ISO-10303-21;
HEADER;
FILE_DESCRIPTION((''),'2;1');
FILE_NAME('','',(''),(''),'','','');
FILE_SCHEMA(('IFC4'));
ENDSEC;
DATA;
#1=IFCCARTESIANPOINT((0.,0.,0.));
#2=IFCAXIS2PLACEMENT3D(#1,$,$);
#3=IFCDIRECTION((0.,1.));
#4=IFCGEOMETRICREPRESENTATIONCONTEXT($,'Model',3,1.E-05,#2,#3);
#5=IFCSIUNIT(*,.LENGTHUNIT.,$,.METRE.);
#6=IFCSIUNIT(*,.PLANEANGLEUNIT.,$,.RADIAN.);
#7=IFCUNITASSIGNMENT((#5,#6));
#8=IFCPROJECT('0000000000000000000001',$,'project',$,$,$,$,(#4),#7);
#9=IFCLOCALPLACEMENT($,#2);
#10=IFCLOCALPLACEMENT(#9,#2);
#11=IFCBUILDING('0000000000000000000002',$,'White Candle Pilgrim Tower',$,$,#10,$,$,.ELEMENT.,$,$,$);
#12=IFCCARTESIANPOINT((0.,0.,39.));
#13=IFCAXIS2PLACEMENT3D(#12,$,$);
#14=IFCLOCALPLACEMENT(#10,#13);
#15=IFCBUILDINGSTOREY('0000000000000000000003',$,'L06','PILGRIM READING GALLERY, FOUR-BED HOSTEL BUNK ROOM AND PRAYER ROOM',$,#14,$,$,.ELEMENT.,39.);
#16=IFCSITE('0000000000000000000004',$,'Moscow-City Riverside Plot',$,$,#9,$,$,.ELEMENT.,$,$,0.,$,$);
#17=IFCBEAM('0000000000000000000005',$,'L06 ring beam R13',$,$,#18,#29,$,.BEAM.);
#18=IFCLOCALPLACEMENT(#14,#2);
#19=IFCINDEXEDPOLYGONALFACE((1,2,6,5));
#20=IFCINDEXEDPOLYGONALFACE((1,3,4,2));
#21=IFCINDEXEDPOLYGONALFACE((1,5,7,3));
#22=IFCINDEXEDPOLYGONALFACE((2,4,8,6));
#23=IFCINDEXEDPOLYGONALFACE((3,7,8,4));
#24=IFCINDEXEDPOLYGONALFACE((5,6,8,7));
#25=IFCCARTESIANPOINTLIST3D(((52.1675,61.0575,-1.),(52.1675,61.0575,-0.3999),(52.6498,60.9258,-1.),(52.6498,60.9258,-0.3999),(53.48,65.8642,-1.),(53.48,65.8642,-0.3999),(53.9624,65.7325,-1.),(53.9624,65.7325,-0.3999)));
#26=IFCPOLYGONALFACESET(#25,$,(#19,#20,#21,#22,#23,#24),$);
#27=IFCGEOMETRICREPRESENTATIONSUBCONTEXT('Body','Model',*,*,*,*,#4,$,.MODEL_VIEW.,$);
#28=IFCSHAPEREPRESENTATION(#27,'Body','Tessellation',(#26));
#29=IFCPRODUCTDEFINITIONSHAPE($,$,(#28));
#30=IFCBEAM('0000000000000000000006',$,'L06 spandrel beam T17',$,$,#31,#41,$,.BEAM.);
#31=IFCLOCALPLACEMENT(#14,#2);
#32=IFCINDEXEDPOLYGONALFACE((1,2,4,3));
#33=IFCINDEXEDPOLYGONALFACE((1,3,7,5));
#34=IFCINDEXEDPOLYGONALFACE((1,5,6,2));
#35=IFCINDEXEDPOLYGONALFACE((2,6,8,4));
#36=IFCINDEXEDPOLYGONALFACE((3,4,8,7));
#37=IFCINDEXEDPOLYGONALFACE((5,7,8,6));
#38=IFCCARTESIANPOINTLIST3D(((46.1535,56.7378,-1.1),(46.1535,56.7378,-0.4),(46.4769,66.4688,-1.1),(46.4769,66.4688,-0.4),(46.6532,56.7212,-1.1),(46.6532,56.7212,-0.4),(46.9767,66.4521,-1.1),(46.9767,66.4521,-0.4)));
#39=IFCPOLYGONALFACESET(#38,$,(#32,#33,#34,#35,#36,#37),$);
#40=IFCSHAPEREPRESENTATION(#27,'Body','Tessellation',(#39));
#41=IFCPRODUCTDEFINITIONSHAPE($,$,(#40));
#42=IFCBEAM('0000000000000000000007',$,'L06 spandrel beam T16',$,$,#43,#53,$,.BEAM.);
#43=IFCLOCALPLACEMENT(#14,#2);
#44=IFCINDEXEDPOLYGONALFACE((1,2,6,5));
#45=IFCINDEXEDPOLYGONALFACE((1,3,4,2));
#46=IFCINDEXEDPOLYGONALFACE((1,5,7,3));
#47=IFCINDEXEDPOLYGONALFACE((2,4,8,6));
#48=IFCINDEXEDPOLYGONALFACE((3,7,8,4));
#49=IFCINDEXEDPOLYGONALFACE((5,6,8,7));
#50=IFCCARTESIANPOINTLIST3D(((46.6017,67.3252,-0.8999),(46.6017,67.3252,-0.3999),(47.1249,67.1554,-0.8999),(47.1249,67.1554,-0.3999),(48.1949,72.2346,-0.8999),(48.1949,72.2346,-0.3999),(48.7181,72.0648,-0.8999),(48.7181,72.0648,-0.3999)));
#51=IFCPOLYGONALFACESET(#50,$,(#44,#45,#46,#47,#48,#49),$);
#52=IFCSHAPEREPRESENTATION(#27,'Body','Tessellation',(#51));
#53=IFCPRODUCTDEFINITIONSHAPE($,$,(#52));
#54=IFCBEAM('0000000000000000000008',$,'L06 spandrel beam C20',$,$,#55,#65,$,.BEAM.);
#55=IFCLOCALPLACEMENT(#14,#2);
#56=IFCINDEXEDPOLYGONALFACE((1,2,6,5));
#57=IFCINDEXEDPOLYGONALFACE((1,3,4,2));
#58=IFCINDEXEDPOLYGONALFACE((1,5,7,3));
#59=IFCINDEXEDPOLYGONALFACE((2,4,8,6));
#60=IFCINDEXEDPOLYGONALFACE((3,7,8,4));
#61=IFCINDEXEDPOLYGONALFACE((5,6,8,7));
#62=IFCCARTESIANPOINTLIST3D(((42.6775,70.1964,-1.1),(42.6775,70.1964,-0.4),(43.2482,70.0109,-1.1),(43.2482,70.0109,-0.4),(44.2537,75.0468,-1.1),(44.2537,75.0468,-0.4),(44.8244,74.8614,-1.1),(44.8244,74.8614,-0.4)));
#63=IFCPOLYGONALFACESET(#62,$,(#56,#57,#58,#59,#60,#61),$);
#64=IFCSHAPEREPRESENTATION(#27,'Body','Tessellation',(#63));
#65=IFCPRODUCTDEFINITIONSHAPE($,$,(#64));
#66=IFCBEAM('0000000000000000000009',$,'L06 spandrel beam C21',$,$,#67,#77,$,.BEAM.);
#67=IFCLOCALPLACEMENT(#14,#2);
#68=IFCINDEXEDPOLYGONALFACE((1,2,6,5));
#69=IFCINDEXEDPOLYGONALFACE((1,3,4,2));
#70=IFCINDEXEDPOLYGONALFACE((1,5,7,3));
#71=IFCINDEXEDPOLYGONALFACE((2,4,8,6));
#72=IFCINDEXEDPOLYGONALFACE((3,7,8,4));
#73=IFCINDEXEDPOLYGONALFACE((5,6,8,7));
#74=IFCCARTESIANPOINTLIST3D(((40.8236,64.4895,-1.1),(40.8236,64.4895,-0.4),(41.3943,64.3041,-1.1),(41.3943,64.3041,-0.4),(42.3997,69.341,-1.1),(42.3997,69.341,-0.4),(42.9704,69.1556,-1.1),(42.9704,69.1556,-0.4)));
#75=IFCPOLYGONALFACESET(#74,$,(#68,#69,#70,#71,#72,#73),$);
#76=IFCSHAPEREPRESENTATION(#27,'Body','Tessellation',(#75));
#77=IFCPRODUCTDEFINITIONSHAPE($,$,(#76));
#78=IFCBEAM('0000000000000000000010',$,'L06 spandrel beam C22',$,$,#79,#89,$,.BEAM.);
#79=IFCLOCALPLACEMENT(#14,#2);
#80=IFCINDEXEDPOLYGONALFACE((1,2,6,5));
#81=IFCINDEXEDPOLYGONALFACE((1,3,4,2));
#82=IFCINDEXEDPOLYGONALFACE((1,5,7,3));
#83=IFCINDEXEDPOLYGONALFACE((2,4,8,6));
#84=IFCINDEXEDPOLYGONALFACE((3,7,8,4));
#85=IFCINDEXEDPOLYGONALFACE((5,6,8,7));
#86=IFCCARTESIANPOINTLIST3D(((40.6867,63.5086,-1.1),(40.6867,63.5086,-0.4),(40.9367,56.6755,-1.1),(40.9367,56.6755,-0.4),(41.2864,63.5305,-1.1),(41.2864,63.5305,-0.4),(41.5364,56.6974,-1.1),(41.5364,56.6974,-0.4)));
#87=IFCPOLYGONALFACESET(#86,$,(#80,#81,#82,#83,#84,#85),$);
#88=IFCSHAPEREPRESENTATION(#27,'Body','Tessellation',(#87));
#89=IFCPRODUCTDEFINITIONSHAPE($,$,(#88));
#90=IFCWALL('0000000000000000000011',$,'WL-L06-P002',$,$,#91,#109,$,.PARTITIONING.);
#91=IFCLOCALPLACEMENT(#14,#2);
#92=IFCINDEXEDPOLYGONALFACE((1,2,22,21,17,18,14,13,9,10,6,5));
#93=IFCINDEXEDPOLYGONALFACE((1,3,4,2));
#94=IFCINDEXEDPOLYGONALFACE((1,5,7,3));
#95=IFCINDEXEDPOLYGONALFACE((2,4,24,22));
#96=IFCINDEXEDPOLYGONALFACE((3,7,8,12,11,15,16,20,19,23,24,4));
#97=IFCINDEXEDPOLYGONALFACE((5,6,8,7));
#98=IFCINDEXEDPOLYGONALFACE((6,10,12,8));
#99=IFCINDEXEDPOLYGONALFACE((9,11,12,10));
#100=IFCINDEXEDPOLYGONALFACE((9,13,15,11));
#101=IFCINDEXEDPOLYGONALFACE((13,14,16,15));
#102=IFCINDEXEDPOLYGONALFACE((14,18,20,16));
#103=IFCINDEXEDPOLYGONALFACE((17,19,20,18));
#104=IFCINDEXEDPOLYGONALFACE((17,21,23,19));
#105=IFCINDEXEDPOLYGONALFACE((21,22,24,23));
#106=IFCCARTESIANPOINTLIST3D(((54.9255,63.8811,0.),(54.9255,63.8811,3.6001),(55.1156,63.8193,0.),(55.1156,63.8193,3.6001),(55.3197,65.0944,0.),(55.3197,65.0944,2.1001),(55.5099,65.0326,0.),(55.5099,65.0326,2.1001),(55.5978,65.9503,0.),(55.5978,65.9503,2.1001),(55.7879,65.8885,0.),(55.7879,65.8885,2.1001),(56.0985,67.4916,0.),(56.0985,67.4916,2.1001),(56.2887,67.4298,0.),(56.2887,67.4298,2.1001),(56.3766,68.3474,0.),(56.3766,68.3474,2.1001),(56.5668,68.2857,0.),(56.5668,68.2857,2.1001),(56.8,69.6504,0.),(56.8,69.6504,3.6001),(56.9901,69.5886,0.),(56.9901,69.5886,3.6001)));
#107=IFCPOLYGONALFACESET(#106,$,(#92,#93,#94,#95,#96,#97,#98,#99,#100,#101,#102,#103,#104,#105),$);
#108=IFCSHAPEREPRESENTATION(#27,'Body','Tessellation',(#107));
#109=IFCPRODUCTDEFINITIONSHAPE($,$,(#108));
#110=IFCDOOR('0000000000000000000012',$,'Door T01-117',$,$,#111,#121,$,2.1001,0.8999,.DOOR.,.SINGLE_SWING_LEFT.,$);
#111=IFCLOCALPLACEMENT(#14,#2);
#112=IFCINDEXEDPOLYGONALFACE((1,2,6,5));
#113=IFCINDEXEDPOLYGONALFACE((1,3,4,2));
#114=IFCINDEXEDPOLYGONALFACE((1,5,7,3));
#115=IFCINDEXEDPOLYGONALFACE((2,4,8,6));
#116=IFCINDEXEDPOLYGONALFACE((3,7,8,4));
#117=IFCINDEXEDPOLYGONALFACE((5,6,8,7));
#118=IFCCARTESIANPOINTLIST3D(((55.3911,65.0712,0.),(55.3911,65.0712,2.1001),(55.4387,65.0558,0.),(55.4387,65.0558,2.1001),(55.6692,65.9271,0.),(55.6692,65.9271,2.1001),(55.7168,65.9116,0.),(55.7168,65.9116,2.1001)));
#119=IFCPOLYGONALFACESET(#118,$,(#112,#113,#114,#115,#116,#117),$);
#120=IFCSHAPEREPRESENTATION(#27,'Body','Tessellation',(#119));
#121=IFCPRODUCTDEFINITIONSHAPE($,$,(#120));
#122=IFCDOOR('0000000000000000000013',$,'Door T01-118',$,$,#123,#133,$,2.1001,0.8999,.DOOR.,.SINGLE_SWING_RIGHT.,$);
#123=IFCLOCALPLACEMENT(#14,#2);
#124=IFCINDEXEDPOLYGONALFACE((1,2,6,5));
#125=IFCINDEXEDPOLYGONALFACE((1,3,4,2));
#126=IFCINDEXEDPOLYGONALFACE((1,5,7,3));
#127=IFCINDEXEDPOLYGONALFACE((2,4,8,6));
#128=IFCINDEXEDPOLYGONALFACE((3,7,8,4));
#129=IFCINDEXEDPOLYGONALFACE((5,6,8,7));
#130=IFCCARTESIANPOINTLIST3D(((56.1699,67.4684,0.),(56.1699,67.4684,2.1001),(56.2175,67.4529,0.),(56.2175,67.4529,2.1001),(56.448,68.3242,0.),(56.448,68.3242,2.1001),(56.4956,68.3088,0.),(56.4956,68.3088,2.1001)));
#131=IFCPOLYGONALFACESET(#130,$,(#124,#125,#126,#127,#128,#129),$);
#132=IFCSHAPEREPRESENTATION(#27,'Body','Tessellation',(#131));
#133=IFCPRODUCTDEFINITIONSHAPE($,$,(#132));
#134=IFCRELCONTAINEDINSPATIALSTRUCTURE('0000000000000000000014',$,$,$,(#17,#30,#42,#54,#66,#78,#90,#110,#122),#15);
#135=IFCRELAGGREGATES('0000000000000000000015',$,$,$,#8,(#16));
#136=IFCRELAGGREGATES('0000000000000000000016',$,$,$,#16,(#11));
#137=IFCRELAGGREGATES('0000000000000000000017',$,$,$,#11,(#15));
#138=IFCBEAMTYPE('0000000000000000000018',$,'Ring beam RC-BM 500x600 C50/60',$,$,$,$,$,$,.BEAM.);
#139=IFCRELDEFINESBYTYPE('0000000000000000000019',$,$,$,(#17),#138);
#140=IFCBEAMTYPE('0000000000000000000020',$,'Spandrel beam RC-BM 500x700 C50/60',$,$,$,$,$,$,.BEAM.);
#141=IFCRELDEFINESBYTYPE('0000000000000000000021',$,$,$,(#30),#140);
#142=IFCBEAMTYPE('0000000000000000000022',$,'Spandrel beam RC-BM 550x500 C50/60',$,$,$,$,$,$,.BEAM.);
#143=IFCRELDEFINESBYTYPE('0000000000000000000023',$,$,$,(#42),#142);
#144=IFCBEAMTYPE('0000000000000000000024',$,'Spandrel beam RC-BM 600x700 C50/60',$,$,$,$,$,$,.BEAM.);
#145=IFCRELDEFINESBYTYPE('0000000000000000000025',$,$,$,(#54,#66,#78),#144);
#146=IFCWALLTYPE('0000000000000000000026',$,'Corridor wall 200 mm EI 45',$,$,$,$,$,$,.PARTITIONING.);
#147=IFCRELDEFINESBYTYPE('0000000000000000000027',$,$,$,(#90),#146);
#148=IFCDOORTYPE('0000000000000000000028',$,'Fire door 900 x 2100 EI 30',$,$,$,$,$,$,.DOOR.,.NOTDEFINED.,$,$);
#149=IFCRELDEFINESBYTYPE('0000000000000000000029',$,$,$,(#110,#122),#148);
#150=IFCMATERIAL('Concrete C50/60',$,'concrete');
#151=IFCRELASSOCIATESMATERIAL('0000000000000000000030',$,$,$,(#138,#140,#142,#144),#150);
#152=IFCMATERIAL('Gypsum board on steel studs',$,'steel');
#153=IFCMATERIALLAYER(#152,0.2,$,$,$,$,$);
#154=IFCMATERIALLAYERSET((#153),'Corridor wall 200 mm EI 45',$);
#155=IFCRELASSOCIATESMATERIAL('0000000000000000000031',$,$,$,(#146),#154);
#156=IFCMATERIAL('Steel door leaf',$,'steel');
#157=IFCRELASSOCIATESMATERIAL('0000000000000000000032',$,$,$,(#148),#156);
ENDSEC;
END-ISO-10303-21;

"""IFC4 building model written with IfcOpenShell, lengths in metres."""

from ifc_helpers import new_model, si_unit, direction, frame, frame_2d, origin, origin_2d, place, context, subcontext, project, spatial, rectangle, extrude, material, layer, layer_set, material_profile, profile_set, type_object, element, fill, save


model = new_model("IFC4")

# Units and contexts
model_context = context("Model", 3, precision=1e-05, world=origin(), true_north=direction((0.0, 1.0)))
body_context = subcontext(model_context, "Body", "Model", "MODEL_VIEW")
ifc_project = project(units=[si_unit("LENGTHUNIT", "METRE"), si_unit("PLANEANGLEUNIT", "RADIAN")], contexts=[model_context])

# Site, building, storey
site_placement = place(None, origin())
site = spatial("IfcSite", under=ifc_project, at=site_placement, Name="Moscow-City Riverside Plot", CompositionType="ELEMENT", RefElevation=0.0)
building_placement = place(site_placement, origin())
building = spatial("IfcBuilding", under=site, at=building_placement, Name="White Candle Pilgrim Tower", CompositionType="ELEMENT")
storey_placement = place(building_placement, frame((0.0, 0.0, 39.0)))
storey = spatial("IfcBuildingStorey", under=building, at=storey_placement, Name="L06", Description="PILGRIM READING GALLERY, FOUR-BED HOSTEL BUNK ROOM AND PRAYER ROOM", CompositionType="ELEMENT", Elevation=39.0)

# Beams
ifc_material_1 = material(Name="Concrete C50/60", Category="concrete")
ifc_material_profile_1 = material_profile(ifc_material_1, rectangle(XDim=0.5, YDim=0.6001, at=origin_2d()), Name="RC-BM 500x600")
ifc_profile_set_1 = profile_set([ifc_material_profile_1], Name="Concrete C50/60")
beam_type_1 = type_object("IfcBeamType", Name="Ring beam RC-BM 500x600 C50/60", PredefinedType="BEAM", material=ifc_profile_set_1)
beam_1_placement = place(storey_placement, frame((53.7212, 65.7983, -0.7), z_axis=(-0.263416, -0.964682, 0.0), x_axis=(0.964682, -0.263416, 0.0)))
element("IfcBeam", 1, at=beam_1_placement, inside=storey, type_object=beam_type_1, Name="L06 ring beam R13", PredefinedType="BEAM", context=body_context, shape_type="SweptSolid", body=[
    extrude(rectangle(XDim=0.5, YDim=0.6001, at=origin_2d()), origin(), (0.0, 0.0, 1.0), 4.9827),
])
ifc_material_profile_2 = material_profile(ifc_material_1, rectangle(XDim=0.5, YDim=0.7, at=origin_2d()), Name="RC-BM 500x700")
ifc_profile_set_2 = profile_set([ifc_material_profile_2], Name="Concrete C50/60")
beam_type_2 = type_object("IfcBeamType", Name="Spandrel beam RC-BM 500x700 C50/60", PredefinedType="BEAM", material=ifc_profile_set_2)
beam_2_placement = place(storey_placement, frame((46.7268, 66.4604, -0.75), z_axis=(-0.033225, -0.999448, 0.0), x_axis=(0.999448, -0.033225, 0.0)))
element("IfcBeam", 2, at=beam_2_placement, inside=storey, type_object=beam_type_2, Name="L06 spandrel beam T17", PredefinedType="BEAM", context=body_context, shape_type="SweptSolid", body=[
    extrude(rectangle(XDim=0.5, YDim=0.7, at=origin_2d()), origin(), (0.0, 0.0, 1.0), 9.7363),
])
ifc_material_profile_3 = material_profile(ifc_material_1, rectangle(XDim=0.55, YDim=0.5, at=origin_2d()), Name="RC-BM 550x500")
ifc_profile_set_3 = profile_set([ifc_material_profile_3], Name="Concrete C50/60")
beam_type_3 = type_object("IfcBeamType", Name="Spandrel beam RC-BM 550x500 C50/60", PredefinedType="BEAM", material=ifc_profile_set_3)
beam_3_placement = place(storey_placement, frame((48.4565, 72.1497, -0.6499), z_axis=(-0.308683, -0.951165, 0.0), x_axis=(0.951165, -0.308683, 0.0)))
element("IfcBeam", 3, at=beam_3_placement, inside=storey, type_object=beam_type_3, Name="L06 spandrel beam T16", PredefinedType="BEAM", context=body_context, shape_type="SweptSolid", body=[
    extrude(rectangle(XDim=0.55, YDim=0.5, at=origin_2d()), origin(), (0.0, 0.0, 1.0), 5.1614),
])
ifc_material_profile_4 = material_profile(ifc_material_1, rectangle(XDim=0.6001, YDim=0.7, at=origin_2d()), Name="RC-BM 600x700")
ifc_profile_set_4 = profile_set([ifc_material_profile_4], Name="Concrete C50/60")
beam_type_4 = type_object("IfcBeamType", Name="Spandrel beam RC-BM 600x700 C50/60", PredefinedType="BEAM", material=ifc_profile_set_4)
beam_4_placement = place(storey_placement, frame((44.5391, 74.9541, -0.75), z_axis=(-0.309053, -0.951045, 0.0), x_axis=(0.951045, -0.309053, 0.0)))
element("IfcBeam", 4, at=beam_4_placement, inside=storey, type_object=beam_type_4, Name="L06 spandrel beam C20", PredefinedType="BEAM", context=body_context, shape_type="SweptSolid", body=[
    extrude(rectangle(XDim=0.6001, YDim=0.7, at=origin_2d()), origin(), (0.0, 0.0, 1.0), 5.1001),
])
beam_5_placement = place(storey_placement, frame((42.6851, 69.2483, -0.75), z_axis=(-0.308982, -0.951068, 0.0), x_axis=(0.951068, -0.308982, 0.0)))
element("IfcBeam", 5, at=beam_5_placement, inside=storey, type_object=beam_type_4, Name="L06 spandrel beam C21", PredefinedType="BEAM", context=body_context, shape_type="SweptSolid", body=[
    extrude(rectangle(XDim=0.6001, YDim=0.7, at=origin_2d()), origin(), (0.0, 0.0, 1.0), 5.1011),
])
beam_6_placement = place(storey_placement, frame((40.9866, 63.5195, -0.75), z_axis=(0.036563, -0.999331, 0.0), x_axis=(0.999331, 0.036563, 0.0)))
element("IfcBeam", 6, at=beam_6_placement, inside=storey, type_object=beam_type_4, Name="L06 spandrel beam C22", PredefinedType="BEAM", context=body_context, shape_type="SweptSolid", body=[
    extrude(rectangle(XDim=0.6001, YDim=0.7, at=origin_2d()), origin(), (0.0, 0.0, 1.0), 6.8376),
])

# Wall, openings, doors
ifc_material_2 = material(Name="Gypsum board on steel studs", Category="steel")
ifc_layer_1 = layer(ifc_material_2, 0.2)
ifc_layer_set_1 = layer_set([ifc_layer_1], Name="Corridor wall 200 mm EI 45")
wall_type_1 = type_object("IfcWallType", Name="Corridor wall 200 mm EI 45", PredefinedType="PARTITIONING", material=ifc_layer_set_1)
wall_1_placement = place(storey_placement, frame((55.0205, 63.8501, 0.0), z_axis=(0.0, 0.0, 1.0), x_axis=(0.309011, 0.951059, 0.0)))
wall_1 = element("IfcWall", 7, at=wall_1_placement, inside=storey, type_object=wall_type_1, Name="WL-L06-P002", PredefinedType="PARTITIONING", context=body_context, shape_type="SweptSolid", body=[
    extrude(rectangle(XDim=6.0662, YDim=0.2, at=frame_2d((3.0332, 0.0))), origin(), (0.0, 0.0, 1.0), 3.6001),
])
opening_1_placement = place(wall_1_placement, frame((1.2759, 0.0, 0.0)))
opening_1 = element("IfcOpeningElement", 8, at=opening_1_placement, cuts=wall_1, PredefinedType="OPENING", context=body_context, shape_type="SweptSolid", body=[
    extrude(rectangle(XDim=0.8999, YDim=2.1001, at=frame_2d((0.45, 1.05))), frame((0.0, 0.1099, 0.0), z_axis=(0.0, -1.0, 0.0), x_axis=(1.0, 0.0, 0.0)), (0.0, 0.0, 1.0), 0.22),
])
opening_2_placement = place(wall_1_placement, frame((3.7964, 0.0, 0.0)))
opening_2 = element("IfcOpeningElement", 9, at=opening_2_placement, cuts=wall_1, PredefinedType="OPENING", context=body_context, shape_type="SweptSolid", body=[
    extrude(rectangle(XDim=0.8999, YDim=2.1001, at=frame_2d((0.45, 1.05))), frame((0.0, 0.1099, 0.0), z_axis=(0.0, -1.0, 0.0), x_axis=(1.0, 0.0, 0.0)), (0.0, 0.0, 1.0), 0.22),
])
ifc_material_3 = material(Name="Steel door leaf", Category="steel")
door_type_1 = type_object("IfcDoorType", Name="Fire door 900 x 2100 EI 30", OperationType="NOTDEFINED", PredefinedType="DOOR", material=ifc_material_3)
door_1_placement = place(opening_1_placement, origin())
door_1 = element("IfcDoor", 10, at=door_1_placement, inside=storey, type_object=door_type_1, Name="Door T01-117", OperationType="SINGLE_SWING_LEFT", OverallHeight=2.1001, OverallWidth=0.8999, PredefinedType="DOOR", context=body_context, shape_type="SweptSolid", body=[
    extrude(rectangle(XDim=0.8999, YDim=2.1001, at=frame_2d((0.45, 1.05))), frame((0.0, 0.0249, 0.0), z_axis=(0.0, -1.0, 0.0), x_axis=(1.0, 0.0, 0.0)), (0.0, 0.0, 1.0), 0.05),
])
fill(opening_1, door_1)
door_2_placement = place(opening_2_placement, origin())
door_2 = element("IfcDoor", 11, at=door_2_placement, inside=storey, type_object=door_type_1, Name="Door T01-118", OperationType="SINGLE_SWING_RIGHT", OverallHeight=2.1001, OverallWidth=0.8999, PredefinedType="DOOR", context=body_context, shape_type="SweptSolid", body=[
    extrude(rectangle(XDim=0.8999, YDim=2.1001, at=frame_2d((0.45, 1.05))), frame((0.0, 0.0249, 0.0), z_axis=(0.0, -1.0, 0.0), x_axis=(1.0, 0.0, 0.0)), (0.0, 0.0, 1.0), 0.05),
])
fill(opening_2, door_2)

save(model, "model.ifc")
